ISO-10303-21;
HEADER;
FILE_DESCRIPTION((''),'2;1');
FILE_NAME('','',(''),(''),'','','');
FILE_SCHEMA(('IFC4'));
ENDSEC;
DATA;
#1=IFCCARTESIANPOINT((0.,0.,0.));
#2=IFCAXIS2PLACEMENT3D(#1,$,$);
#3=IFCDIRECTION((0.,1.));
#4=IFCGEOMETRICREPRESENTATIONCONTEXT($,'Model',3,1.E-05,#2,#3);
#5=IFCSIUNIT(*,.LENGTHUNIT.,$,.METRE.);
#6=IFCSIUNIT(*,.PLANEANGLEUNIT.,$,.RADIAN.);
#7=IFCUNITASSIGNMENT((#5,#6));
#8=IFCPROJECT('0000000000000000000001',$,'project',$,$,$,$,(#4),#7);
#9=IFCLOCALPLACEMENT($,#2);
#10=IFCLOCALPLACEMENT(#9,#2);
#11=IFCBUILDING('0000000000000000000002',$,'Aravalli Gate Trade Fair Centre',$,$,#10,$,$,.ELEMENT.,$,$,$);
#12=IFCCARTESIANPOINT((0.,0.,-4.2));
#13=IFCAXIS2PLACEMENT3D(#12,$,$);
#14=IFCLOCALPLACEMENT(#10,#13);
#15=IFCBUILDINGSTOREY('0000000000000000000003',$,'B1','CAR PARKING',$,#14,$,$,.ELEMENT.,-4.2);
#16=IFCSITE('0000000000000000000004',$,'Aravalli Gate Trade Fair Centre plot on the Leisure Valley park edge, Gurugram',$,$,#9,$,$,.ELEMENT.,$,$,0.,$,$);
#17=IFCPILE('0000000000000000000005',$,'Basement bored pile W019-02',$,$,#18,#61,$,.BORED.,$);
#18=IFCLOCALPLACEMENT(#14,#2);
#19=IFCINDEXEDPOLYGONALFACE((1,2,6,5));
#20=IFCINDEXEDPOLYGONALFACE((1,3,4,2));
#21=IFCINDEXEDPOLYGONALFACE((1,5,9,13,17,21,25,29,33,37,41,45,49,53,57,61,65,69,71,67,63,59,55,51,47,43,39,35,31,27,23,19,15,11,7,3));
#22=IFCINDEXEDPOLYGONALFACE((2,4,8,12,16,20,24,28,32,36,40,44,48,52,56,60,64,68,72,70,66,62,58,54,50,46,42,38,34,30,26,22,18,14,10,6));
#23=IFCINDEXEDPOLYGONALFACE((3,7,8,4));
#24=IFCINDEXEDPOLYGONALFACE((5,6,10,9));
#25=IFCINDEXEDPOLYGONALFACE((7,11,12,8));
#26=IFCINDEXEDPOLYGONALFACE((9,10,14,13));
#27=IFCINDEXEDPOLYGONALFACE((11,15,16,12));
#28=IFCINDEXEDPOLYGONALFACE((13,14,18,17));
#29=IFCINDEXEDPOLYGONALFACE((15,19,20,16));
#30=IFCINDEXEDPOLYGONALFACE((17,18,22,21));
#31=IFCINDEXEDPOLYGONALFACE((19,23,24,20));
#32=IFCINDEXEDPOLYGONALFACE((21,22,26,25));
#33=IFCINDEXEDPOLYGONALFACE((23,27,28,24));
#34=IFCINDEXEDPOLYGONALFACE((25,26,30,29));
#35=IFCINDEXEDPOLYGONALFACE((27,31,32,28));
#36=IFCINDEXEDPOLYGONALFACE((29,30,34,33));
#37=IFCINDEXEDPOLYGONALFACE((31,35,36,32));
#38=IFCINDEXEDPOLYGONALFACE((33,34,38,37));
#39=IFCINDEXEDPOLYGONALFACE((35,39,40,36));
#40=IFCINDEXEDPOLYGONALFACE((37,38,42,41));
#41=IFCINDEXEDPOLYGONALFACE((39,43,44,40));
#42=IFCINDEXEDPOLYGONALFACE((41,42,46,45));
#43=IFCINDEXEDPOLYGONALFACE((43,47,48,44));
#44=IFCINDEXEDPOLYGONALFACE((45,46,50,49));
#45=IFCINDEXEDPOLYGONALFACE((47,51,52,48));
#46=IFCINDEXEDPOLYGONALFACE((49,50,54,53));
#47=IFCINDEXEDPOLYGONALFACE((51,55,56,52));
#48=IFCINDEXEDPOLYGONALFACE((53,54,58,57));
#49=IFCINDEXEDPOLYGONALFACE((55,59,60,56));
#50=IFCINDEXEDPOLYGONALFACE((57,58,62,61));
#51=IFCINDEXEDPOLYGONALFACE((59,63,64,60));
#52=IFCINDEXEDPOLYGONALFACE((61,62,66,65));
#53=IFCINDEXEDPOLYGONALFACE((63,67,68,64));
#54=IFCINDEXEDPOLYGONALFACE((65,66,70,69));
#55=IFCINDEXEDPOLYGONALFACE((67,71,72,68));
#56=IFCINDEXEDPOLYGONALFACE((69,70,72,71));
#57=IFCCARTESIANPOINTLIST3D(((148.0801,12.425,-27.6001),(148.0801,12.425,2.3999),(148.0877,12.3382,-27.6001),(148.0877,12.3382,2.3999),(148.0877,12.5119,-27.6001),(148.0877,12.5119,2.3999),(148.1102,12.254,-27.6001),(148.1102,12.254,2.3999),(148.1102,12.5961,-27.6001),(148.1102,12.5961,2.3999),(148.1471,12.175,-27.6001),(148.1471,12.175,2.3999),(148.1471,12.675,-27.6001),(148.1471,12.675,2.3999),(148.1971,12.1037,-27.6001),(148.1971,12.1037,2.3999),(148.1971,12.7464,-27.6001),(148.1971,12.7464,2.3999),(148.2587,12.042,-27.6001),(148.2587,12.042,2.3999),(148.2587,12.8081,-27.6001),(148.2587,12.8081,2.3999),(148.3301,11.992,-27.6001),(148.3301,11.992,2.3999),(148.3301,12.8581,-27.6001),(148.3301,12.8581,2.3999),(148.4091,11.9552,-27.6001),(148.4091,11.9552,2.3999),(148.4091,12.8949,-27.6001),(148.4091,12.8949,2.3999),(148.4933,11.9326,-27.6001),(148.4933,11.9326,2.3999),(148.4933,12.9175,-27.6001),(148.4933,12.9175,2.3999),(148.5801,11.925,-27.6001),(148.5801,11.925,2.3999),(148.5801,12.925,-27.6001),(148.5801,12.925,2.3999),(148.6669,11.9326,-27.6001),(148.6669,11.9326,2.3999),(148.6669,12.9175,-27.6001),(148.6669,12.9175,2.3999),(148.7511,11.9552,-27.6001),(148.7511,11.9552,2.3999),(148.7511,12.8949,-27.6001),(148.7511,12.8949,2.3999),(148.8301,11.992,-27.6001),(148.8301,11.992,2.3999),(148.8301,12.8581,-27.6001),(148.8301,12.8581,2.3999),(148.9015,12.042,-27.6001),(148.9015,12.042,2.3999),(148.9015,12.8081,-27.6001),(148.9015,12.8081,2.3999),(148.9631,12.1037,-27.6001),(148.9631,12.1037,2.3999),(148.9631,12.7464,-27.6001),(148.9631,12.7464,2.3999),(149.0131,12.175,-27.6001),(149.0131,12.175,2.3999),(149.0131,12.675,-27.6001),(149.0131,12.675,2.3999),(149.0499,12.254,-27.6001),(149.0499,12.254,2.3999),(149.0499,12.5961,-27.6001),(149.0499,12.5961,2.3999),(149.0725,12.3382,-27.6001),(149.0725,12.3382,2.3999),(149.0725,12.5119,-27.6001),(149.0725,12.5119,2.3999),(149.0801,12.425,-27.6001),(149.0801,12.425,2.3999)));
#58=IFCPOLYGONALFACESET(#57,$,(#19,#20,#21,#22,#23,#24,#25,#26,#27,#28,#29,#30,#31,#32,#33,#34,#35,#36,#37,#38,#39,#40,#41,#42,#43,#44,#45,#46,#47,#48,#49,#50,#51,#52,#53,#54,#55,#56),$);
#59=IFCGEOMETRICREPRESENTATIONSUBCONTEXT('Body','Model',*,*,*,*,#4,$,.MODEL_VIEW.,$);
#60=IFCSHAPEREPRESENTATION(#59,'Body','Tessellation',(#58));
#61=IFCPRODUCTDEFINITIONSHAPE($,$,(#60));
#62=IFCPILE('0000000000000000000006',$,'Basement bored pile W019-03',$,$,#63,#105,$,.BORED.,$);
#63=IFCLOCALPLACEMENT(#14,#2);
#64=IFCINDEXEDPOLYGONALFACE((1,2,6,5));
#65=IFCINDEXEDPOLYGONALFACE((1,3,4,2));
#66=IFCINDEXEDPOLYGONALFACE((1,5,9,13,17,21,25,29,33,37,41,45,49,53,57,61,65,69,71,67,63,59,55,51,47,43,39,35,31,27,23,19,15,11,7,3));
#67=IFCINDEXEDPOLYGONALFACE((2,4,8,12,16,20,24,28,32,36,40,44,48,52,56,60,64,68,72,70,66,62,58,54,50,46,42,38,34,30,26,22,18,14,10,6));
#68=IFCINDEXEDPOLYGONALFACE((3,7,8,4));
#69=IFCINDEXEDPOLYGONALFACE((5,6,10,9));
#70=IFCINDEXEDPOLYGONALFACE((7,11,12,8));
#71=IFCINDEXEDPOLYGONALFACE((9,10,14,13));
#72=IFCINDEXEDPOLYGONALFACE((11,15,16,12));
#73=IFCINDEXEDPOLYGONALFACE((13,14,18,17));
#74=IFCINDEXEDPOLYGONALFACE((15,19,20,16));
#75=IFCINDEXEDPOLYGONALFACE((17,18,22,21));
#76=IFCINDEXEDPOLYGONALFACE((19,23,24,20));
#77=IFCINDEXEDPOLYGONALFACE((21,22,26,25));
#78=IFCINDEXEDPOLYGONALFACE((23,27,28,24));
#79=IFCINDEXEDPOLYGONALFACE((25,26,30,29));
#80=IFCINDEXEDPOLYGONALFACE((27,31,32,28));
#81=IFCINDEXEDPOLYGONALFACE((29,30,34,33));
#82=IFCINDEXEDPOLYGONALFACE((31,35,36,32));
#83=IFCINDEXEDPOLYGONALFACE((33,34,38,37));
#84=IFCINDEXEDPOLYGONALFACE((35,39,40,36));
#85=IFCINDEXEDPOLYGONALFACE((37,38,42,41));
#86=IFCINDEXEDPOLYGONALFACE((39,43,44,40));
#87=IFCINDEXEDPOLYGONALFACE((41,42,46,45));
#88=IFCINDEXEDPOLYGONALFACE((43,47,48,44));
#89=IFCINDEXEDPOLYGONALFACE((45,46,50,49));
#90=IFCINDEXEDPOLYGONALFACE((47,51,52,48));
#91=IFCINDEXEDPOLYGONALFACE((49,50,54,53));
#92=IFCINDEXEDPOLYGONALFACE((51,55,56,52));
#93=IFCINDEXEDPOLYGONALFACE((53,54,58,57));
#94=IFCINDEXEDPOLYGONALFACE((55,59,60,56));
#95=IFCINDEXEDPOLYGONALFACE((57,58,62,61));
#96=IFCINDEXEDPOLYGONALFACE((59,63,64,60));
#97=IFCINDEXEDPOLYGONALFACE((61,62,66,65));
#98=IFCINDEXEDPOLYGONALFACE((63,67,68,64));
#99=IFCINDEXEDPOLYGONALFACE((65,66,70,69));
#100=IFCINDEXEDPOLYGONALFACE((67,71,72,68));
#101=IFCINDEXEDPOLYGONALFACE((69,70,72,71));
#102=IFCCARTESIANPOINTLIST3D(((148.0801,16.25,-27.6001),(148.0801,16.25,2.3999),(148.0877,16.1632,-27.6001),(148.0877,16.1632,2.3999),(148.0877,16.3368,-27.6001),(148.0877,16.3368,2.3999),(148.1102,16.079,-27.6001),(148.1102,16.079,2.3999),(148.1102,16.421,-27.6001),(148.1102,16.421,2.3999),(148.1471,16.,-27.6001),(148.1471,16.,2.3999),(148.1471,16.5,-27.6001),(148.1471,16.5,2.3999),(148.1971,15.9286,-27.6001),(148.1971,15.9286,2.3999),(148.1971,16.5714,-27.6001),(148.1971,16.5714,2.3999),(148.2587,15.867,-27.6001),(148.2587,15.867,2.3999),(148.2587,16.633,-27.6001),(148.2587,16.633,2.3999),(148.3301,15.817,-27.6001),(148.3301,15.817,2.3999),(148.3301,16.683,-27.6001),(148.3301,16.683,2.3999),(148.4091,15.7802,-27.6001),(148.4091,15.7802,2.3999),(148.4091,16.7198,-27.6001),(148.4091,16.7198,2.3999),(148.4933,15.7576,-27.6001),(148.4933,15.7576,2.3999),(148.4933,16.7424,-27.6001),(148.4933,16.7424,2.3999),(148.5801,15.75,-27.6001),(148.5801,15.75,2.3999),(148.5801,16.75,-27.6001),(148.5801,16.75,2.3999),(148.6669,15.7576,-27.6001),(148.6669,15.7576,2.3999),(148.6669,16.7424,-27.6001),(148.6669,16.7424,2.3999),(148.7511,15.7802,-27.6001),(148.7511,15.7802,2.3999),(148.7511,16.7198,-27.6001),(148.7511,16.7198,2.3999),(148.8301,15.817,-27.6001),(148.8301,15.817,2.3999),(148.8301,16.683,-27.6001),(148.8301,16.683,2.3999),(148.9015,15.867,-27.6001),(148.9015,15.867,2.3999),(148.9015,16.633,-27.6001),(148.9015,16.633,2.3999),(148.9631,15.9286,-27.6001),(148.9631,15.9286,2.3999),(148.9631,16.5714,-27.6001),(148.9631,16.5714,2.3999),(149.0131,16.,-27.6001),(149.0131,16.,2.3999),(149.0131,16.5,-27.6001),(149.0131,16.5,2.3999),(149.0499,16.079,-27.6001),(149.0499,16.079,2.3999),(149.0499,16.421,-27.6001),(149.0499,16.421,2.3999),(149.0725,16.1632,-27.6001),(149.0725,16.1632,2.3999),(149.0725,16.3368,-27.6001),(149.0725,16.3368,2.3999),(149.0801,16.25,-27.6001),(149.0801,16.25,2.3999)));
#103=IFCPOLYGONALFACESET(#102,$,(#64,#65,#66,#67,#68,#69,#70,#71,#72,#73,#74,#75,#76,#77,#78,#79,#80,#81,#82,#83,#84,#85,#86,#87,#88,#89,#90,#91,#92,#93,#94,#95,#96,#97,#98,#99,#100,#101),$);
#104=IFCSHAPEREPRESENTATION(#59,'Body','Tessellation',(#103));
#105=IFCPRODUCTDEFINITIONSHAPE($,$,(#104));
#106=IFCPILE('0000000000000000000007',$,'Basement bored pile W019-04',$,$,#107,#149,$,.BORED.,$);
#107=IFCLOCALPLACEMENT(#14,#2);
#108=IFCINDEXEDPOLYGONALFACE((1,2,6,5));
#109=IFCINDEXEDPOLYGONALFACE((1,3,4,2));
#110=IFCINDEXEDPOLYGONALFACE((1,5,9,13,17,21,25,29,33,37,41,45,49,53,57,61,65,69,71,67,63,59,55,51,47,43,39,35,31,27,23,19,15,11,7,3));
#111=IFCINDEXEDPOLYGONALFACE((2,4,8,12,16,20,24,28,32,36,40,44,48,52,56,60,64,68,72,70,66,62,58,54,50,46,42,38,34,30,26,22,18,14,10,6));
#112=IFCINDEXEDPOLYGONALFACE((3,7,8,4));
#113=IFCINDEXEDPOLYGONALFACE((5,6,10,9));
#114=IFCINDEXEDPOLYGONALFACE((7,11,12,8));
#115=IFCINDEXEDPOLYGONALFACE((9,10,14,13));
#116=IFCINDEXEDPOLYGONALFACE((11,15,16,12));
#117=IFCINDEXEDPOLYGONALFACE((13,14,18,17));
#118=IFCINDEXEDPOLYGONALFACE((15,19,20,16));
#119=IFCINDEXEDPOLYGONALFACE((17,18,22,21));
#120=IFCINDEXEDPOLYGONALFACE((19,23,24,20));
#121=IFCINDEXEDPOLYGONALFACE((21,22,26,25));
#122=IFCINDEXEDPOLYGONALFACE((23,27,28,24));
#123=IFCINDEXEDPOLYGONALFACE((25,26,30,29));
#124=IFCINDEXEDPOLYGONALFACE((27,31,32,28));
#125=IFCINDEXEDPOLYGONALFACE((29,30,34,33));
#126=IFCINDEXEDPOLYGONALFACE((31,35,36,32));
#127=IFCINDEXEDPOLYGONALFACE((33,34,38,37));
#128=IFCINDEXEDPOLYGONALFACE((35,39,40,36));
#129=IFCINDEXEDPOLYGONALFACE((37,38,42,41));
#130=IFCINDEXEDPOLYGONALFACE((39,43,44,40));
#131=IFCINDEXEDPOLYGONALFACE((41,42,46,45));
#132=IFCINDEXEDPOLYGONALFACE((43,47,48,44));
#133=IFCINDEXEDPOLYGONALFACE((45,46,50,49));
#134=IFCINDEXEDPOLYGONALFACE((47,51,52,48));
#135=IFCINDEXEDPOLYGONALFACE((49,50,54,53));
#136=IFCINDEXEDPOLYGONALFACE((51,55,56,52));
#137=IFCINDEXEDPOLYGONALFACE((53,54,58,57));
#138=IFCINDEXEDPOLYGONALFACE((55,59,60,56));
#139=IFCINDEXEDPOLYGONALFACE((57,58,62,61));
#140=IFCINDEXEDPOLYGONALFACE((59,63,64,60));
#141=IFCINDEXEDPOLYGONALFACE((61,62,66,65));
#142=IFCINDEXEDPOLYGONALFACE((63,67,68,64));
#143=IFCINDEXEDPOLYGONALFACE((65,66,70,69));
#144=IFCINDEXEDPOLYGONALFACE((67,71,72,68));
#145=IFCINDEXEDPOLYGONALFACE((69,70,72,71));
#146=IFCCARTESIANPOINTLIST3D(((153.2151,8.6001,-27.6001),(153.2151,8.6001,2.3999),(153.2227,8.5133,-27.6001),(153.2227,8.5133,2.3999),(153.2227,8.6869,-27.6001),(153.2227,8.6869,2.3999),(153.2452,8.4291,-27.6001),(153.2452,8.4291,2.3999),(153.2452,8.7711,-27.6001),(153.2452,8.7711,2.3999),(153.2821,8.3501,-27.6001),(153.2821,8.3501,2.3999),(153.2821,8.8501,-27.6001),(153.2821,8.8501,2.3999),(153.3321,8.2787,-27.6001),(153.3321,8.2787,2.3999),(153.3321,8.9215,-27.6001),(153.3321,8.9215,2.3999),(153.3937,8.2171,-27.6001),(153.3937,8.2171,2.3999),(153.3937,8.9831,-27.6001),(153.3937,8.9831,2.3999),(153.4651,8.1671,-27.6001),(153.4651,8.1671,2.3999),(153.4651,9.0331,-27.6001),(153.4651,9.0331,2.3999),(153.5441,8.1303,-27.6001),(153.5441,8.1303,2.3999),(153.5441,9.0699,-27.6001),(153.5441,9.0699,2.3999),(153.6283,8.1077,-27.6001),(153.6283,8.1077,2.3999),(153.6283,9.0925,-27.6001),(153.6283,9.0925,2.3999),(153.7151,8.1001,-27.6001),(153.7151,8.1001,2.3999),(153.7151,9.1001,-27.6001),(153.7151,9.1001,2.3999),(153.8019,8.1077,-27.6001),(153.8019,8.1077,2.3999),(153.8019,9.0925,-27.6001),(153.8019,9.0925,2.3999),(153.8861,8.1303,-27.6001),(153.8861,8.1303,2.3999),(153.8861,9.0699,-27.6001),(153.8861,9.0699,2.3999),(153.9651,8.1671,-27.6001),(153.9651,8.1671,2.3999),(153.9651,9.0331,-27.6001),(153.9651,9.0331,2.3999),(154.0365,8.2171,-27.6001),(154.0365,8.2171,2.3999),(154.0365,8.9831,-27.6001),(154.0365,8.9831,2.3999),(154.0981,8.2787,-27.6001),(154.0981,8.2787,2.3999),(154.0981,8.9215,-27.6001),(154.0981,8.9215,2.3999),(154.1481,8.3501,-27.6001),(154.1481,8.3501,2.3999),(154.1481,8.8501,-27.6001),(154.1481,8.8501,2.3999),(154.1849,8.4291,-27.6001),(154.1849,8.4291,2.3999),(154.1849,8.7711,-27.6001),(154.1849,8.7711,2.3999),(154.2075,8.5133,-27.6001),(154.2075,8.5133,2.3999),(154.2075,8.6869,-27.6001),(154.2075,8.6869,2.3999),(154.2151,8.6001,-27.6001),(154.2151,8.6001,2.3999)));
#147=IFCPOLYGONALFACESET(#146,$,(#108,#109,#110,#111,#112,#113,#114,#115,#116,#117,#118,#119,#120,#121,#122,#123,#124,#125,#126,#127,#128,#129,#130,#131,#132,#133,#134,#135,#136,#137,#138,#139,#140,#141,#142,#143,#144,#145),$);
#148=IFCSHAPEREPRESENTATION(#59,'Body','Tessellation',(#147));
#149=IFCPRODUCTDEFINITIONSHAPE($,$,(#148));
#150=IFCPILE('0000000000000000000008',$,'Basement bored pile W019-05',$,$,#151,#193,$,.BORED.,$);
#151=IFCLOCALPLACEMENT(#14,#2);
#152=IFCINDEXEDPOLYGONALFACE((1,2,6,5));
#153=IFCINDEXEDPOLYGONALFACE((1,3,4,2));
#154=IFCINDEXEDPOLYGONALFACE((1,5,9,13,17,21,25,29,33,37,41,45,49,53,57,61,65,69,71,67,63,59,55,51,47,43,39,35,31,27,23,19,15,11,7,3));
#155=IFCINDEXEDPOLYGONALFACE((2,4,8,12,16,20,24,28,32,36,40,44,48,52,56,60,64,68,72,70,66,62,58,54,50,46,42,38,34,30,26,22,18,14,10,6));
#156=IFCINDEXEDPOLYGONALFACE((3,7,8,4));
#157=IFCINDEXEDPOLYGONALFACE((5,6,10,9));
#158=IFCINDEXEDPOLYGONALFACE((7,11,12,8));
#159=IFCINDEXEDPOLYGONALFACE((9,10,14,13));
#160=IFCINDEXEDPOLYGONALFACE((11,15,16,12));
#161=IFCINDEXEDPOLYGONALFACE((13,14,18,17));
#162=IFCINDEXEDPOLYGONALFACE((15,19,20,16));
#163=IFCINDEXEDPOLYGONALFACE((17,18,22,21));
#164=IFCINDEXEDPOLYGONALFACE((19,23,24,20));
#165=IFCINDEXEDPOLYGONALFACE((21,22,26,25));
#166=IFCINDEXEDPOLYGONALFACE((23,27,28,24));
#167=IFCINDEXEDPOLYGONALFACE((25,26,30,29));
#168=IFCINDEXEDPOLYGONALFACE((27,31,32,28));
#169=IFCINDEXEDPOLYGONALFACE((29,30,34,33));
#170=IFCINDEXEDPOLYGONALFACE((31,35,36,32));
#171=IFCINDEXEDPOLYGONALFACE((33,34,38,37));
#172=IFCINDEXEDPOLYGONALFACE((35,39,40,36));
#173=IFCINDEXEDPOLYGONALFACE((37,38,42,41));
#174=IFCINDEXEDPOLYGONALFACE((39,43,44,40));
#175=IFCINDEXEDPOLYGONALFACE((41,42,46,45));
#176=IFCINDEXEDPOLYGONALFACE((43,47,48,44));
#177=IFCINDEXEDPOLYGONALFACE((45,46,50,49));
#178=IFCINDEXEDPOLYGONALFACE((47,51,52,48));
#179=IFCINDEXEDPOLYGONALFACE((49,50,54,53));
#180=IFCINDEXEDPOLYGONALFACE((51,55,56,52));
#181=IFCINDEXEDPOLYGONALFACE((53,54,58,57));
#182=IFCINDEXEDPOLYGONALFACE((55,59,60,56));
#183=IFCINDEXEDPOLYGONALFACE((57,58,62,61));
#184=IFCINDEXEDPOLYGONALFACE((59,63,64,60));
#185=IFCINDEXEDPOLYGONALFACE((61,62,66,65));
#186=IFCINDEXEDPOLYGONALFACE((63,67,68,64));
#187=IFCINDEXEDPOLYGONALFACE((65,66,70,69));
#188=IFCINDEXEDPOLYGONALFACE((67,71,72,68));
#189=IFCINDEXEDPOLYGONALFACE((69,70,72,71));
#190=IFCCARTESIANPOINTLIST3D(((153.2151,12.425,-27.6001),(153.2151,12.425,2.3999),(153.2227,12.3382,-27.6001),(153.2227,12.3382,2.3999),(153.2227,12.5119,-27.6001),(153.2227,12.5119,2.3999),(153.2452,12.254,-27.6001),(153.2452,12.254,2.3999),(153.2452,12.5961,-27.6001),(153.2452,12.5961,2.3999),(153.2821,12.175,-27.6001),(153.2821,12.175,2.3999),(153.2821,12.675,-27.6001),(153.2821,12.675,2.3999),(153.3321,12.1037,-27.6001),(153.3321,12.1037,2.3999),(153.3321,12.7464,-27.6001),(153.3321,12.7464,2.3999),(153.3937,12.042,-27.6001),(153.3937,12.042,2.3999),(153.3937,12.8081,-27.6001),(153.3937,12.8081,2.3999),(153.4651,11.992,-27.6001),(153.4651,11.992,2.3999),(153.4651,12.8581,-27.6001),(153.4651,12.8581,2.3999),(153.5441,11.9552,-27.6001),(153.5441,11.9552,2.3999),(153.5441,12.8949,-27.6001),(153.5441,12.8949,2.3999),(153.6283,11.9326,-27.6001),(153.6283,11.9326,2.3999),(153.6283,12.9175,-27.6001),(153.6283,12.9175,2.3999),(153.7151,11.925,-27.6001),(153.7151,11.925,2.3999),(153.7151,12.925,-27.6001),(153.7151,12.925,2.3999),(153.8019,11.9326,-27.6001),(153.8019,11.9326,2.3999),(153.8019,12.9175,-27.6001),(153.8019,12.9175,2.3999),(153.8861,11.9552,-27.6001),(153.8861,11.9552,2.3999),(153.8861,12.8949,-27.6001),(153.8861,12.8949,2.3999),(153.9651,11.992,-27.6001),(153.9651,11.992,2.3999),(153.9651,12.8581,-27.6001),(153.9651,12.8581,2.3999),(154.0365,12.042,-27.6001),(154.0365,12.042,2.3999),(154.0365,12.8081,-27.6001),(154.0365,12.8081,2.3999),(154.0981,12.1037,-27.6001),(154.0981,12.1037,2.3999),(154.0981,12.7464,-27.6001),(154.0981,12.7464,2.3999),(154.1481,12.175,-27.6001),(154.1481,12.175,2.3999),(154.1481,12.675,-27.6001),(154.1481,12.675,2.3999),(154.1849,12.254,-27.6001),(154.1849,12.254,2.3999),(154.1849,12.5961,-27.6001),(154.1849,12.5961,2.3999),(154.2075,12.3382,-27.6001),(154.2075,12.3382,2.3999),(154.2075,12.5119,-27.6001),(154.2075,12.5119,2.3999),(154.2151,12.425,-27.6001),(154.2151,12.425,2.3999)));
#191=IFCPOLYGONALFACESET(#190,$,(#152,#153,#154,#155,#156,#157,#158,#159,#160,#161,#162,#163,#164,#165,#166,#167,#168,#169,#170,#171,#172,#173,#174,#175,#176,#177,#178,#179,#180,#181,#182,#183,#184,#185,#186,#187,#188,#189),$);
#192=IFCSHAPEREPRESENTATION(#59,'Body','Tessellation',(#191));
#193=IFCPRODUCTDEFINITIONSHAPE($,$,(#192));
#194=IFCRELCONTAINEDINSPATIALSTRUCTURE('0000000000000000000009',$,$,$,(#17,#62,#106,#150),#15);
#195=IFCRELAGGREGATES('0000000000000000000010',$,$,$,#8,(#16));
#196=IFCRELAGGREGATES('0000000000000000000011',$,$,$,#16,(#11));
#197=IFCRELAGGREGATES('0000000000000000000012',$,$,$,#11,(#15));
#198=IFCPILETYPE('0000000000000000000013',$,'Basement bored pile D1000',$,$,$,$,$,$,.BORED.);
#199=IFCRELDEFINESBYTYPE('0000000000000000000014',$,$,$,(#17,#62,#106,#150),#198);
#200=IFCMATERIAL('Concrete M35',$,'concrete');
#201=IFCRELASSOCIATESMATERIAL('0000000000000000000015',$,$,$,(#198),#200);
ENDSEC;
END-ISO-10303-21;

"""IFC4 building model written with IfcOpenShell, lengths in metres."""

from ifc_helpers import new_model, si_unit, direction, frame, origin, origin_2d, place, context, subcontext, project, spatial, circle, extrude, material, material_profile, profile_set, type_object, element, save


model = new_model("IFC4")

# Units and contexts
model_context = context("Model", 3, precision=1e-05, world=origin(), true_north=direction((0.0, 1.0)))
body_context = subcontext(model_context, "Body", "Model", "MODEL_VIEW")
ifc_project = project(units=[si_unit("LENGTHUNIT", "METRE"), si_unit("PLANEANGLEUNIT", "RADIAN")], contexts=[model_context])

# Site, building, storey
site_placement = place(None, origin())
site = spatial("IfcSite", under=ifc_project, at=site_placement, Name="Aravalli Gate Trade Fair Centre plot on the Leisure Valley park edge, Gurugram", CompositionType="ELEMENT", RefElevation=0.0)
building_placement = place(site_placement, origin())
building = spatial("IfcBuilding", under=site, at=building_placement, Name="Aravalli Gate Trade Fair Centre", CompositionType="ELEMENT")
storey_placement = place(building_placement, frame((0.0, 0.0, -4.2)))
storey = spatial("IfcBuildingStorey", under=building, at=storey_placement, Name="B1", Description="CAR PARKING", CompositionType="ELEMENT", Elevation=-4.2)

# Piles
ifc_material = material(Name="Concrete M35", Category="concrete")
ifc_material_profile = material_profile(ifc_material, circle(Radius=0.5, at=origin_2d()), Name="D1000")
ifc_profile_set = profile_set([ifc_material_profile], Name="Concrete M35")
pile_type = type_object("IfcPileType", Name="Basement bored pile D1000", PredefinedType="BORED", material=ifc_profile_set)
for number, where, z_axis, x_axis, name in (
    (1, (148.5801, 12.425, 2.3999), (0.0, 0.0, -1.0), (1.0, 0.0, 0.0), "Basement bored pile W019-02"),
    (2, (148.5801, 16.25, 2.3999), (0.0, 0.0, -1.0), (1.0, 0.0, 0.0), "Basement bored pile W019-03"),
    (3, (153.7151, 8.6001, 2.3999), (0.0, 0.0, -1.0), (1.0, 0.0, 0.0), "Basement bored pile W019-04"),
    (4, (153.7151, 12.425, 2.3999), (0.0, 0.0, -1.0), (1.0, 0.0, 0.0), "Basement bored pile W019-05"),
):
    element("IfcPile", number, at=place(storey_placement, frame(where, z_axis=z_axis, x_axis=x_axis)), inside=storey, type_object=pile_type, Name=name, PredefinedType="BORED", context=body_context, shape_type="SweptSolid", body=[
        extrude(circle(Radius=0.5, at=origin_2d()), origin(), (0.0, 0.0, 1.0), 30.0),
    ])

save(model, "model.ifc")
